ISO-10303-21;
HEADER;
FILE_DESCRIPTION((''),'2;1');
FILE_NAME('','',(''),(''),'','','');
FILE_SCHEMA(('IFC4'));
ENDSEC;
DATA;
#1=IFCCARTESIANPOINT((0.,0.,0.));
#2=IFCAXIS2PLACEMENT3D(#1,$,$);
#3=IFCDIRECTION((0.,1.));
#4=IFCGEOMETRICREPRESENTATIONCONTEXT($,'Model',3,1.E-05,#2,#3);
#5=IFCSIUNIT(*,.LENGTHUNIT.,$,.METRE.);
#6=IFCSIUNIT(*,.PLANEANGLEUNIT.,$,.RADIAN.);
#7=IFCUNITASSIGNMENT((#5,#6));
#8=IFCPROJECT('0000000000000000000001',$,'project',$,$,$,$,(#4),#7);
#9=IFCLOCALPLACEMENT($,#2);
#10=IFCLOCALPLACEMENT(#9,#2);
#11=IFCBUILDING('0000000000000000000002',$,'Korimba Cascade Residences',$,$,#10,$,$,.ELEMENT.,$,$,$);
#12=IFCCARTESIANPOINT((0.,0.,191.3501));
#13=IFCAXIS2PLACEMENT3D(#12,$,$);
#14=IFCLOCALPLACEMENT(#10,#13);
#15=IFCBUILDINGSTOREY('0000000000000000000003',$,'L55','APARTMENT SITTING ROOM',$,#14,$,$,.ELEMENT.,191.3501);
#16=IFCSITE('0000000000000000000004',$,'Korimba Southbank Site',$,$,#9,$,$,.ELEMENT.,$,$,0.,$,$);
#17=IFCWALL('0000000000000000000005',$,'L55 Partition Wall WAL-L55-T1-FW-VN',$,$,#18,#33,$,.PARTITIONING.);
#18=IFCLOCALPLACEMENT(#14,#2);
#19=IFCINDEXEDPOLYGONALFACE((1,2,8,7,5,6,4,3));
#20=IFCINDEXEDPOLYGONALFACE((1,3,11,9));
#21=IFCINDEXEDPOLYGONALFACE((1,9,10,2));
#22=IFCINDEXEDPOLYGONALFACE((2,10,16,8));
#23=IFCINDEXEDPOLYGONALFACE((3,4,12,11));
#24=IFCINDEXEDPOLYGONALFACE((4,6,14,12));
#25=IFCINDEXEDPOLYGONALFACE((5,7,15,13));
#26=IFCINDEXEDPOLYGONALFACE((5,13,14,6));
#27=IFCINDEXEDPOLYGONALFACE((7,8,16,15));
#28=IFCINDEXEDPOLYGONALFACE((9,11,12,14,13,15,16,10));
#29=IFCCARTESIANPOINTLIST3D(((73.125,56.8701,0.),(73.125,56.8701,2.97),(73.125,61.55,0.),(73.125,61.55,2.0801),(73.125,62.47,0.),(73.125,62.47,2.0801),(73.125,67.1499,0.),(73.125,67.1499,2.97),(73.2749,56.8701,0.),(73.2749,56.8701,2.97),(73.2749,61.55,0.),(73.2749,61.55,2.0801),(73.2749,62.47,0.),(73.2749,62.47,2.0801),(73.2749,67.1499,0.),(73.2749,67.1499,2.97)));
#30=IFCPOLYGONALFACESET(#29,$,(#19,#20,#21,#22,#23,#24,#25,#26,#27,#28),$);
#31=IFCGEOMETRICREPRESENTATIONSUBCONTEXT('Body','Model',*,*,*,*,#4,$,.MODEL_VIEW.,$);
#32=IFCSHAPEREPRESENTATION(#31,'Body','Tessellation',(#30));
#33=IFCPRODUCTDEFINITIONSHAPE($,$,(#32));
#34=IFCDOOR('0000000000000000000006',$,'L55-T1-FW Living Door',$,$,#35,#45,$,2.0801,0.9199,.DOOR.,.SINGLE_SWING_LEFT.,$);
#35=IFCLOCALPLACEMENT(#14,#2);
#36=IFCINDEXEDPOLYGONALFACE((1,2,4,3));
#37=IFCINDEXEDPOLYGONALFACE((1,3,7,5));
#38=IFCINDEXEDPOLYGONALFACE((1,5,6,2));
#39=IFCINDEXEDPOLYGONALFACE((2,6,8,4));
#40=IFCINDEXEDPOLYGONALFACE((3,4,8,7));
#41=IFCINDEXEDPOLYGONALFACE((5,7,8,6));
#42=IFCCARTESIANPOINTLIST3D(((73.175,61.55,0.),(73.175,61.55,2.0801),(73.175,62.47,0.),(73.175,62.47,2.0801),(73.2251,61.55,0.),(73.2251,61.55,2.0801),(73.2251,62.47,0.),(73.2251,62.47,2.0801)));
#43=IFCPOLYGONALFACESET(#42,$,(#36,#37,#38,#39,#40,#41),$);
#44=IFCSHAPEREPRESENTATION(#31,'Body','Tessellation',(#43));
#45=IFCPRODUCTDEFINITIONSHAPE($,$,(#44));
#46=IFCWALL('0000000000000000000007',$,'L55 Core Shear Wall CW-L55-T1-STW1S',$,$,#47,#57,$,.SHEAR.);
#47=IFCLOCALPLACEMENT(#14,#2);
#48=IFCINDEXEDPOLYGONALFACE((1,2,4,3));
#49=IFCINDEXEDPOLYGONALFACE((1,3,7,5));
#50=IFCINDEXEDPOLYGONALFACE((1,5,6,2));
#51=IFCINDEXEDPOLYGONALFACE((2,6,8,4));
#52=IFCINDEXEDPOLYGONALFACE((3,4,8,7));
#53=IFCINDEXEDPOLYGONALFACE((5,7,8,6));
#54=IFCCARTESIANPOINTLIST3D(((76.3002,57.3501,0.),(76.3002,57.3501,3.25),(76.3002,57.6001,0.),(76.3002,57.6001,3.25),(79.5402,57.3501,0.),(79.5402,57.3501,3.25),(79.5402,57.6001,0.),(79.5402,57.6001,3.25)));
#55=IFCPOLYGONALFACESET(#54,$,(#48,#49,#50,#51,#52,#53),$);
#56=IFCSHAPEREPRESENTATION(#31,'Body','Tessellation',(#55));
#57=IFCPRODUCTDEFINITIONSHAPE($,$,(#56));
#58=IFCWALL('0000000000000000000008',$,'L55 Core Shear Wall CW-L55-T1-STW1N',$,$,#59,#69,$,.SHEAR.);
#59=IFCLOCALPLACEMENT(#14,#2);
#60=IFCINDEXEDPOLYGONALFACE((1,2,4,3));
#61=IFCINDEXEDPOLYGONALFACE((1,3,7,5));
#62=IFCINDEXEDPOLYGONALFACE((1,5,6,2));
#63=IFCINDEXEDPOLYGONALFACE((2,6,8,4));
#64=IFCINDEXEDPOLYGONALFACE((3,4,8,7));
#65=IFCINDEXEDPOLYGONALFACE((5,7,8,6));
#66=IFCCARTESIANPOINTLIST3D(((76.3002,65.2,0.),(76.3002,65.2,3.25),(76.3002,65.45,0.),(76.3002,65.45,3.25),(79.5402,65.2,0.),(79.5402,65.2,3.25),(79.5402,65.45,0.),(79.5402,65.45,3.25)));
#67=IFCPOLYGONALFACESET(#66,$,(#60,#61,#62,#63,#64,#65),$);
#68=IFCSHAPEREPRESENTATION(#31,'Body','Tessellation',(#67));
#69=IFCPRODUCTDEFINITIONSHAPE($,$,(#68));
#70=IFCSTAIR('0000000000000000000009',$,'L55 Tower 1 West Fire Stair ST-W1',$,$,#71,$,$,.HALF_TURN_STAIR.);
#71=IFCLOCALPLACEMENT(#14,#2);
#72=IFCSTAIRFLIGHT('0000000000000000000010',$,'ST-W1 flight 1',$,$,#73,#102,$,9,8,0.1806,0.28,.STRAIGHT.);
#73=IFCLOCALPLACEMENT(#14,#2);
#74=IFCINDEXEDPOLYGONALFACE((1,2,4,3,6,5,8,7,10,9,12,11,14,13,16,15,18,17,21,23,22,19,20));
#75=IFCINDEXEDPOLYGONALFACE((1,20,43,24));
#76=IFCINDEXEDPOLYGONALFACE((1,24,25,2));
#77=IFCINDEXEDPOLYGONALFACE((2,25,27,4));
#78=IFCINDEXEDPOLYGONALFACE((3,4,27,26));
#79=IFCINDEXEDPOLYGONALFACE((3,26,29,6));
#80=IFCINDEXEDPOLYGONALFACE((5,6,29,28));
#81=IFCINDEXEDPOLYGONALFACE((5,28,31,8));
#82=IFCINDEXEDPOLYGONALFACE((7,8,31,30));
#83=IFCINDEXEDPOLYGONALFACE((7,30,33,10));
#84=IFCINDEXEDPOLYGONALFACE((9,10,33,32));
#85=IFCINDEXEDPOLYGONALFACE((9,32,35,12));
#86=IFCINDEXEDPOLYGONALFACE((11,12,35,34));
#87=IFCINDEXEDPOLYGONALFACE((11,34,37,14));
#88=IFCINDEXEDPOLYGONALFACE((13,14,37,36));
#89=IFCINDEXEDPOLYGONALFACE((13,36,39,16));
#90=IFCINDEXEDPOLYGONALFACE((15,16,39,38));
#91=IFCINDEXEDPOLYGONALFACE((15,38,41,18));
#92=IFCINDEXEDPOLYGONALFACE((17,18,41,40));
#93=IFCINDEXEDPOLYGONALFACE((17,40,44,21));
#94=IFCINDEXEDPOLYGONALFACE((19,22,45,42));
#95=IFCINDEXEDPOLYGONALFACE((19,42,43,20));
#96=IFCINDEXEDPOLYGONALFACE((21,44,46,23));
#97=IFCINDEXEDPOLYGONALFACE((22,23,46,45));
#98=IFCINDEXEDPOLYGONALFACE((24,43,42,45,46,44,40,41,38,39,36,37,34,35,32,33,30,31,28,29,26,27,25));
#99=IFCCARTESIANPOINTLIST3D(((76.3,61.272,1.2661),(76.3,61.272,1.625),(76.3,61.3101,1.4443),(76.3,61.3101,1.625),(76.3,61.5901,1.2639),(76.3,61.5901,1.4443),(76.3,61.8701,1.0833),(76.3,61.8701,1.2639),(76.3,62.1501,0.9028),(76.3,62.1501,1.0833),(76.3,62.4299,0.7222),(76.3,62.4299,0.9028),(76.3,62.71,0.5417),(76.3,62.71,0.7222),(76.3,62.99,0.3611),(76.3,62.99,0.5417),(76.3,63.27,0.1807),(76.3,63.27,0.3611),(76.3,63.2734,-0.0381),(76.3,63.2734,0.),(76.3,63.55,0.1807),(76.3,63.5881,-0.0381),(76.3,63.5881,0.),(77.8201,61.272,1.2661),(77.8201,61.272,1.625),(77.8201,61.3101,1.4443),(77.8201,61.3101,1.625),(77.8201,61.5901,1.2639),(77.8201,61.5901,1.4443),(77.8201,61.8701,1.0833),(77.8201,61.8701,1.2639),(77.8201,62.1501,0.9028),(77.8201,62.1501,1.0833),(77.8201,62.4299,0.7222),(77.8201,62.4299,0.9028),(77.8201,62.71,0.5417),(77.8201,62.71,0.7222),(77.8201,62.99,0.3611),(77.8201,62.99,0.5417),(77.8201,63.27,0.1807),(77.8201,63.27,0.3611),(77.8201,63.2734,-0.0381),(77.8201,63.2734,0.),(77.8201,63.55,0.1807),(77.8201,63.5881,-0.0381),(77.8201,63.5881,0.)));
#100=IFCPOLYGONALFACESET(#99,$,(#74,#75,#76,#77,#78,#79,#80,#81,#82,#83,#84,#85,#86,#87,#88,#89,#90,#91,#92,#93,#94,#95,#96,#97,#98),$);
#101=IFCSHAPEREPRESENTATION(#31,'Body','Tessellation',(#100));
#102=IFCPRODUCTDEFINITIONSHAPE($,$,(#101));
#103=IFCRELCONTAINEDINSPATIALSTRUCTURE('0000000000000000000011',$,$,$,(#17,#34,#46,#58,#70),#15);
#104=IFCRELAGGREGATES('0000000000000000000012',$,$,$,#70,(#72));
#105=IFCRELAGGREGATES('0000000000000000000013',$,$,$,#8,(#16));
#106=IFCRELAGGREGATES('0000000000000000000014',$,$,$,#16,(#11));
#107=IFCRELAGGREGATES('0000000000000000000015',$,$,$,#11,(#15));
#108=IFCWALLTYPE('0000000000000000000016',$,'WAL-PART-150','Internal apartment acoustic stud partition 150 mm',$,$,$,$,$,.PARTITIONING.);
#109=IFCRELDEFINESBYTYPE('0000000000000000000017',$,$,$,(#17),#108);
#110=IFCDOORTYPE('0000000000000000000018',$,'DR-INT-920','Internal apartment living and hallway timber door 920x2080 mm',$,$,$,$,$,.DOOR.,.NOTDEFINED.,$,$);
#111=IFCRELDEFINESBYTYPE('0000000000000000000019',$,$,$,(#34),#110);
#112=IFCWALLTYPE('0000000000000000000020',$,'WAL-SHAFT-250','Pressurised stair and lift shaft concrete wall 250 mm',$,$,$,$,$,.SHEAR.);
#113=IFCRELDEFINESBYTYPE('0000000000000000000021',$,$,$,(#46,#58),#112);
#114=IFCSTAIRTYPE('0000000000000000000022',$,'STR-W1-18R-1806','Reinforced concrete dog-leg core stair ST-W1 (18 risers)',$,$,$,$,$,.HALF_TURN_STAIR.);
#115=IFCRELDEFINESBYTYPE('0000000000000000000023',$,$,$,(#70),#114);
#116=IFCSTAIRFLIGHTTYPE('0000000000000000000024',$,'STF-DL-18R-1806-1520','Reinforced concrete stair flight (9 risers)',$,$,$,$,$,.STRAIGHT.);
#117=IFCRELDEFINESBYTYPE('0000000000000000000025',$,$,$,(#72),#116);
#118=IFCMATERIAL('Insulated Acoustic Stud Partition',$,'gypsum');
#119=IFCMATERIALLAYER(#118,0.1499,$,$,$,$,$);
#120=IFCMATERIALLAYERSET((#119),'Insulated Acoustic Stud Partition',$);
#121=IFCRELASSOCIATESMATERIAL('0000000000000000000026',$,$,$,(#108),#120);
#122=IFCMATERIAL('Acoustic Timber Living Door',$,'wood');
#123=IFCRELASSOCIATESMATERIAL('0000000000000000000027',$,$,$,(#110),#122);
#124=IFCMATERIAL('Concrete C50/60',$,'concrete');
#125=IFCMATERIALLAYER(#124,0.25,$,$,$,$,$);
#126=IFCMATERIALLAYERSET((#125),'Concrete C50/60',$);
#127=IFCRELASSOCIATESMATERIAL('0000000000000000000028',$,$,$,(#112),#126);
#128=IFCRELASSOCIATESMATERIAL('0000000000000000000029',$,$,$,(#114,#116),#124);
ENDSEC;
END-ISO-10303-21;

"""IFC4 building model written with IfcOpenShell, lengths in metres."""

from ifc_helpers import new_model, si_unit, direction, frame, frame_2d, origin, place, context, subcontext, project, spatial, polyline, rectangle, outline, extrude, material, layer, layer_set, type_object, element, fill, aggregate, save


model = new_model("IFC4")

# Units and contexts
model_context = context("Model", 3, precision=1e-05, world=origin(), true_north=direction((0.0, 1.0)))
body_context = subcontext(model_context, "Body", "Model", "MODEL_VIEW")
ifc_project = project(units=[si_unit("LENGTHUNIT", "METRE"), si_unit("PLANEANGLEUNIT", "RADIAN")], contexts=[model_context])

# Site, building, storey
site_placement = place(None, origin())
site = spatial("IfcSite", under=ifc_project, at=site_placement, Name="Korimba Southbank Site", CompositionType="ELEMENT", RefElevation=0.0)
building_placement = place(site_placement, origin())
building = spatial("IfcBuilding", under=site, at=building_placement, Name="Korimba Cascade Residences", CompositionType="ELEMENT")
storey_placement = place(building_placement, frame((0.0, 0.0, 191.3501)))
storey = spatial("IfcBuildingStorey", under=building, at=storey_placement, Name="L55", Description="APARTMENT SITTING ROOM", CompositionType="ELEMENT", Elevation=191.3501)

# Wall, opening, door
ifc_material_1 = material(Name="Insulated Acoustic Stud Partition", Category="gypsum")
ifc_layer_1 = layer(ifc_material_1, 0.1499)
ifc_layer_set_1 = layer_set([ifc_layer_1], Name="Insulated Acoustic Stud Partition")
wall_type_1 = type_object("IfcWallType", Name="WAL-PART-150", Description="Internal apartment acoustic stud partition 150 mm", PredefinedType="PARTITIONING", material=ifc_layer_set_1)
wall_1_placement = place(storey_placement, frame((73.2, 56.8701, 0.0), z_axis=(0.0, 0.0, 1.0), x_axis=(0.0, 1.0, 0.0)))
wall_1 = element("IfcWall", 1, at=wall_1_placement, inside=storey, type_object=wall_type_1, Name="L55 Partition Wall WAL-L55-T1-FW-VN", PredefinedType="PARTITIONING", context=body_context, shape_type="SweptSolid", body=[
    extrude(rectangle(XDim=10.2798, YDim=0.1499, at=frame_2d((5.1399, 0.0))), origin(), (0.0, 0.0, 1.0), 2.97),
])
opening_1_placement = place(wall_1_placement, frame((4.6799, 0.0, 0.0)))
opening_1 = element("IfcOpeningElement", 2, at=opening_1_placement, cuts=wall_1, PredefinedType="OPENING", context=body_context, shape_type="SweptSolid", body=[
    extrude(rectangle(XDim=0.9199, YDim=2.0801, at=frame_2d((0.46, 1.04))), frame((0.0, 0.085, 0.0), z_axis=(0.0, -1.0, 0.0), x_axis=(1.0, 0.0, 0.0)), (0.0, 0.0, 1.0), 0.1699),
])
ifc_material_2 = material(Name="Acoustic Timber Living Door", Category="wood")
door_type_1 = type_object("IfcDoorType", Name="DR-INT-920", Description="Internal apartment living and hallway timber door 920x2080 mm", OperationType="NOTDEFINED", PredefinedType="DOOR", material=ifc_material_2)
door_1_placement = place(opening_1_placement, origin())
door_1 = element("IfcDoor", 3, at=door_1_placement, inside=storey, type_object=door_type_1, Name="L55-T1-FW Living Door", OperationType="SINGLE_SWING_LEFT", OverallHeight=2.0801, OverallWidth=0.9199, PredefinedType="DOOR", context=body_context, shape_type="SweptSolid", body=[
    extrude(rectangle(XDim=0.9199, YDim=2.0801, at=frame_2d((0.46, 1.04))), frame((0.0, 0.0249, 0.0), z_axis=(0.0, -1.0, 0.0), x_axis=(1.0, 0.0, 0.0)), (0.0, 0.0, 1.0), 0.05),
])
fill(opening_1, door_1)

# Walls
ifc_material_3 = material(Name="Concrete C50/60", Category="concrete")
ifc_layer_2 = layer(ifc_material_3, 0.25)
ifc_layer_set_2 = layer_set([ifc_layer_2], Name="Concrete C50/60")
wall_type_2 = type_object("IfcWallType", Name="WAL-SHAFT-250", Description="Pressurised stair and lift shaft concrete wall 250 mm", PredefinedType="SHEAR", material=ifc_layer_set_2)
for number, where, z_axis, x_axis, name in (
    (4, (76.3, 57.4751, 0.0), (0.0, 0.0, 1.0), (1.0, 0.0, 0.0), "L55 Core Shear Wall CW-L55-T1-STW1S"),
    (5, (76.3, 65.325, 0.0), (0.0, 0.0, 1.0), (1.0, 0.0, 0.0), "L55 Core Shear Wall CW-L55-T1-STW1N"),
):
    element("IfcWall", number, at=place(storey_placement, frame(where, z_axis=z_axis, x_axis=x_axis)), inside=storey, type_object=wall_type_2, Name=name, PredefinedType="SHEAR", context=body_context, shape_type="SweptSolid", body=[
        extrude(rectangle(XDim=3.24, YDim=0.25, at=frame_2d((1.6201, 0.0))), origin(), (0.0, 0.0, 1.0), 3.25),
    ])

# Stair, stair flight
stair_type = type_object("IfcStairType", Name="STR-W1-18R-1806", Description="Reinforced concrete dog-leg core stair ST-W1 (18 risers)", PredefinedType="HALF_TURN_STAIR", material=ifc_material_3)
stair_placement = place(storey_placement, origin())
stair = element("IfcStair", 6, at=stair_placement, inside=storey, type_object=stair_type, Name="L55 Tower 1 West Fire Stair ST-W1", PredefinedType="HALF_TURN_STAIR")
stair_flight_type = type_object("IfcStairFlightType", Name="STF-DL-18R-1806-1520", Description="Reinforced concrete stair flight (9 risers)", PredefinedType="STRAIGHT", material=ifc_material_3)
stair_flight_placement = place(storey_placement, frame((77.0601, 63.55, 0.0), z_axis=(0.0, 0.0, 1.0), x_axis=(0.0, -1.0, 0.0)))
stair_flight = element("IfcStairFlight", 7, at=stair_flight_placement, type_object=stair_flight_type, Name="ST-W1 flight 1", NumberOfRisers=9, NumberOfTreads=8, PredefinedType="STRAIGHT", RiserHeight=0.1806, TreadLength=0.28, context=body_context, shape_type="SweptSolid", body=[
    extrude(outline(polyline([(-0.0381, 0.0), (0.0, 0.1807), (0.28, 0.1807), (0.28, 0.3611), (0.5601, 0.3611), (0.5601, 0.5417), (0.8401, 0.5417), (0.8401, 0.7222), (1.1201, 0.7222), (1.1201, 0.9028), (1.3999, 0.9028), (1.3999, 1.0833), (1.6799, 1.0833), (1.6799, 1.2639), (1.96, 1.2639), (1.96, 1.4443), (2.24, 1.4443), (2.24, 1.625), (2.2781, 1.625), (2.2781, 1.2661), (0.2766, 0.0), (0.2766, -0.0381), (-0.0381, -0.0381), (-0.0381, 0.0)])), frame((0.0, 0.76, 0.0), z_axis=(0.0, -1.0, 0.0), x_axis=(1.0, 0.0, 0.0)), (0.0, 0.0, 1.0), 1.52),
])
aggregate(stair, [stair_flight])

save(model, "model.ifc")
